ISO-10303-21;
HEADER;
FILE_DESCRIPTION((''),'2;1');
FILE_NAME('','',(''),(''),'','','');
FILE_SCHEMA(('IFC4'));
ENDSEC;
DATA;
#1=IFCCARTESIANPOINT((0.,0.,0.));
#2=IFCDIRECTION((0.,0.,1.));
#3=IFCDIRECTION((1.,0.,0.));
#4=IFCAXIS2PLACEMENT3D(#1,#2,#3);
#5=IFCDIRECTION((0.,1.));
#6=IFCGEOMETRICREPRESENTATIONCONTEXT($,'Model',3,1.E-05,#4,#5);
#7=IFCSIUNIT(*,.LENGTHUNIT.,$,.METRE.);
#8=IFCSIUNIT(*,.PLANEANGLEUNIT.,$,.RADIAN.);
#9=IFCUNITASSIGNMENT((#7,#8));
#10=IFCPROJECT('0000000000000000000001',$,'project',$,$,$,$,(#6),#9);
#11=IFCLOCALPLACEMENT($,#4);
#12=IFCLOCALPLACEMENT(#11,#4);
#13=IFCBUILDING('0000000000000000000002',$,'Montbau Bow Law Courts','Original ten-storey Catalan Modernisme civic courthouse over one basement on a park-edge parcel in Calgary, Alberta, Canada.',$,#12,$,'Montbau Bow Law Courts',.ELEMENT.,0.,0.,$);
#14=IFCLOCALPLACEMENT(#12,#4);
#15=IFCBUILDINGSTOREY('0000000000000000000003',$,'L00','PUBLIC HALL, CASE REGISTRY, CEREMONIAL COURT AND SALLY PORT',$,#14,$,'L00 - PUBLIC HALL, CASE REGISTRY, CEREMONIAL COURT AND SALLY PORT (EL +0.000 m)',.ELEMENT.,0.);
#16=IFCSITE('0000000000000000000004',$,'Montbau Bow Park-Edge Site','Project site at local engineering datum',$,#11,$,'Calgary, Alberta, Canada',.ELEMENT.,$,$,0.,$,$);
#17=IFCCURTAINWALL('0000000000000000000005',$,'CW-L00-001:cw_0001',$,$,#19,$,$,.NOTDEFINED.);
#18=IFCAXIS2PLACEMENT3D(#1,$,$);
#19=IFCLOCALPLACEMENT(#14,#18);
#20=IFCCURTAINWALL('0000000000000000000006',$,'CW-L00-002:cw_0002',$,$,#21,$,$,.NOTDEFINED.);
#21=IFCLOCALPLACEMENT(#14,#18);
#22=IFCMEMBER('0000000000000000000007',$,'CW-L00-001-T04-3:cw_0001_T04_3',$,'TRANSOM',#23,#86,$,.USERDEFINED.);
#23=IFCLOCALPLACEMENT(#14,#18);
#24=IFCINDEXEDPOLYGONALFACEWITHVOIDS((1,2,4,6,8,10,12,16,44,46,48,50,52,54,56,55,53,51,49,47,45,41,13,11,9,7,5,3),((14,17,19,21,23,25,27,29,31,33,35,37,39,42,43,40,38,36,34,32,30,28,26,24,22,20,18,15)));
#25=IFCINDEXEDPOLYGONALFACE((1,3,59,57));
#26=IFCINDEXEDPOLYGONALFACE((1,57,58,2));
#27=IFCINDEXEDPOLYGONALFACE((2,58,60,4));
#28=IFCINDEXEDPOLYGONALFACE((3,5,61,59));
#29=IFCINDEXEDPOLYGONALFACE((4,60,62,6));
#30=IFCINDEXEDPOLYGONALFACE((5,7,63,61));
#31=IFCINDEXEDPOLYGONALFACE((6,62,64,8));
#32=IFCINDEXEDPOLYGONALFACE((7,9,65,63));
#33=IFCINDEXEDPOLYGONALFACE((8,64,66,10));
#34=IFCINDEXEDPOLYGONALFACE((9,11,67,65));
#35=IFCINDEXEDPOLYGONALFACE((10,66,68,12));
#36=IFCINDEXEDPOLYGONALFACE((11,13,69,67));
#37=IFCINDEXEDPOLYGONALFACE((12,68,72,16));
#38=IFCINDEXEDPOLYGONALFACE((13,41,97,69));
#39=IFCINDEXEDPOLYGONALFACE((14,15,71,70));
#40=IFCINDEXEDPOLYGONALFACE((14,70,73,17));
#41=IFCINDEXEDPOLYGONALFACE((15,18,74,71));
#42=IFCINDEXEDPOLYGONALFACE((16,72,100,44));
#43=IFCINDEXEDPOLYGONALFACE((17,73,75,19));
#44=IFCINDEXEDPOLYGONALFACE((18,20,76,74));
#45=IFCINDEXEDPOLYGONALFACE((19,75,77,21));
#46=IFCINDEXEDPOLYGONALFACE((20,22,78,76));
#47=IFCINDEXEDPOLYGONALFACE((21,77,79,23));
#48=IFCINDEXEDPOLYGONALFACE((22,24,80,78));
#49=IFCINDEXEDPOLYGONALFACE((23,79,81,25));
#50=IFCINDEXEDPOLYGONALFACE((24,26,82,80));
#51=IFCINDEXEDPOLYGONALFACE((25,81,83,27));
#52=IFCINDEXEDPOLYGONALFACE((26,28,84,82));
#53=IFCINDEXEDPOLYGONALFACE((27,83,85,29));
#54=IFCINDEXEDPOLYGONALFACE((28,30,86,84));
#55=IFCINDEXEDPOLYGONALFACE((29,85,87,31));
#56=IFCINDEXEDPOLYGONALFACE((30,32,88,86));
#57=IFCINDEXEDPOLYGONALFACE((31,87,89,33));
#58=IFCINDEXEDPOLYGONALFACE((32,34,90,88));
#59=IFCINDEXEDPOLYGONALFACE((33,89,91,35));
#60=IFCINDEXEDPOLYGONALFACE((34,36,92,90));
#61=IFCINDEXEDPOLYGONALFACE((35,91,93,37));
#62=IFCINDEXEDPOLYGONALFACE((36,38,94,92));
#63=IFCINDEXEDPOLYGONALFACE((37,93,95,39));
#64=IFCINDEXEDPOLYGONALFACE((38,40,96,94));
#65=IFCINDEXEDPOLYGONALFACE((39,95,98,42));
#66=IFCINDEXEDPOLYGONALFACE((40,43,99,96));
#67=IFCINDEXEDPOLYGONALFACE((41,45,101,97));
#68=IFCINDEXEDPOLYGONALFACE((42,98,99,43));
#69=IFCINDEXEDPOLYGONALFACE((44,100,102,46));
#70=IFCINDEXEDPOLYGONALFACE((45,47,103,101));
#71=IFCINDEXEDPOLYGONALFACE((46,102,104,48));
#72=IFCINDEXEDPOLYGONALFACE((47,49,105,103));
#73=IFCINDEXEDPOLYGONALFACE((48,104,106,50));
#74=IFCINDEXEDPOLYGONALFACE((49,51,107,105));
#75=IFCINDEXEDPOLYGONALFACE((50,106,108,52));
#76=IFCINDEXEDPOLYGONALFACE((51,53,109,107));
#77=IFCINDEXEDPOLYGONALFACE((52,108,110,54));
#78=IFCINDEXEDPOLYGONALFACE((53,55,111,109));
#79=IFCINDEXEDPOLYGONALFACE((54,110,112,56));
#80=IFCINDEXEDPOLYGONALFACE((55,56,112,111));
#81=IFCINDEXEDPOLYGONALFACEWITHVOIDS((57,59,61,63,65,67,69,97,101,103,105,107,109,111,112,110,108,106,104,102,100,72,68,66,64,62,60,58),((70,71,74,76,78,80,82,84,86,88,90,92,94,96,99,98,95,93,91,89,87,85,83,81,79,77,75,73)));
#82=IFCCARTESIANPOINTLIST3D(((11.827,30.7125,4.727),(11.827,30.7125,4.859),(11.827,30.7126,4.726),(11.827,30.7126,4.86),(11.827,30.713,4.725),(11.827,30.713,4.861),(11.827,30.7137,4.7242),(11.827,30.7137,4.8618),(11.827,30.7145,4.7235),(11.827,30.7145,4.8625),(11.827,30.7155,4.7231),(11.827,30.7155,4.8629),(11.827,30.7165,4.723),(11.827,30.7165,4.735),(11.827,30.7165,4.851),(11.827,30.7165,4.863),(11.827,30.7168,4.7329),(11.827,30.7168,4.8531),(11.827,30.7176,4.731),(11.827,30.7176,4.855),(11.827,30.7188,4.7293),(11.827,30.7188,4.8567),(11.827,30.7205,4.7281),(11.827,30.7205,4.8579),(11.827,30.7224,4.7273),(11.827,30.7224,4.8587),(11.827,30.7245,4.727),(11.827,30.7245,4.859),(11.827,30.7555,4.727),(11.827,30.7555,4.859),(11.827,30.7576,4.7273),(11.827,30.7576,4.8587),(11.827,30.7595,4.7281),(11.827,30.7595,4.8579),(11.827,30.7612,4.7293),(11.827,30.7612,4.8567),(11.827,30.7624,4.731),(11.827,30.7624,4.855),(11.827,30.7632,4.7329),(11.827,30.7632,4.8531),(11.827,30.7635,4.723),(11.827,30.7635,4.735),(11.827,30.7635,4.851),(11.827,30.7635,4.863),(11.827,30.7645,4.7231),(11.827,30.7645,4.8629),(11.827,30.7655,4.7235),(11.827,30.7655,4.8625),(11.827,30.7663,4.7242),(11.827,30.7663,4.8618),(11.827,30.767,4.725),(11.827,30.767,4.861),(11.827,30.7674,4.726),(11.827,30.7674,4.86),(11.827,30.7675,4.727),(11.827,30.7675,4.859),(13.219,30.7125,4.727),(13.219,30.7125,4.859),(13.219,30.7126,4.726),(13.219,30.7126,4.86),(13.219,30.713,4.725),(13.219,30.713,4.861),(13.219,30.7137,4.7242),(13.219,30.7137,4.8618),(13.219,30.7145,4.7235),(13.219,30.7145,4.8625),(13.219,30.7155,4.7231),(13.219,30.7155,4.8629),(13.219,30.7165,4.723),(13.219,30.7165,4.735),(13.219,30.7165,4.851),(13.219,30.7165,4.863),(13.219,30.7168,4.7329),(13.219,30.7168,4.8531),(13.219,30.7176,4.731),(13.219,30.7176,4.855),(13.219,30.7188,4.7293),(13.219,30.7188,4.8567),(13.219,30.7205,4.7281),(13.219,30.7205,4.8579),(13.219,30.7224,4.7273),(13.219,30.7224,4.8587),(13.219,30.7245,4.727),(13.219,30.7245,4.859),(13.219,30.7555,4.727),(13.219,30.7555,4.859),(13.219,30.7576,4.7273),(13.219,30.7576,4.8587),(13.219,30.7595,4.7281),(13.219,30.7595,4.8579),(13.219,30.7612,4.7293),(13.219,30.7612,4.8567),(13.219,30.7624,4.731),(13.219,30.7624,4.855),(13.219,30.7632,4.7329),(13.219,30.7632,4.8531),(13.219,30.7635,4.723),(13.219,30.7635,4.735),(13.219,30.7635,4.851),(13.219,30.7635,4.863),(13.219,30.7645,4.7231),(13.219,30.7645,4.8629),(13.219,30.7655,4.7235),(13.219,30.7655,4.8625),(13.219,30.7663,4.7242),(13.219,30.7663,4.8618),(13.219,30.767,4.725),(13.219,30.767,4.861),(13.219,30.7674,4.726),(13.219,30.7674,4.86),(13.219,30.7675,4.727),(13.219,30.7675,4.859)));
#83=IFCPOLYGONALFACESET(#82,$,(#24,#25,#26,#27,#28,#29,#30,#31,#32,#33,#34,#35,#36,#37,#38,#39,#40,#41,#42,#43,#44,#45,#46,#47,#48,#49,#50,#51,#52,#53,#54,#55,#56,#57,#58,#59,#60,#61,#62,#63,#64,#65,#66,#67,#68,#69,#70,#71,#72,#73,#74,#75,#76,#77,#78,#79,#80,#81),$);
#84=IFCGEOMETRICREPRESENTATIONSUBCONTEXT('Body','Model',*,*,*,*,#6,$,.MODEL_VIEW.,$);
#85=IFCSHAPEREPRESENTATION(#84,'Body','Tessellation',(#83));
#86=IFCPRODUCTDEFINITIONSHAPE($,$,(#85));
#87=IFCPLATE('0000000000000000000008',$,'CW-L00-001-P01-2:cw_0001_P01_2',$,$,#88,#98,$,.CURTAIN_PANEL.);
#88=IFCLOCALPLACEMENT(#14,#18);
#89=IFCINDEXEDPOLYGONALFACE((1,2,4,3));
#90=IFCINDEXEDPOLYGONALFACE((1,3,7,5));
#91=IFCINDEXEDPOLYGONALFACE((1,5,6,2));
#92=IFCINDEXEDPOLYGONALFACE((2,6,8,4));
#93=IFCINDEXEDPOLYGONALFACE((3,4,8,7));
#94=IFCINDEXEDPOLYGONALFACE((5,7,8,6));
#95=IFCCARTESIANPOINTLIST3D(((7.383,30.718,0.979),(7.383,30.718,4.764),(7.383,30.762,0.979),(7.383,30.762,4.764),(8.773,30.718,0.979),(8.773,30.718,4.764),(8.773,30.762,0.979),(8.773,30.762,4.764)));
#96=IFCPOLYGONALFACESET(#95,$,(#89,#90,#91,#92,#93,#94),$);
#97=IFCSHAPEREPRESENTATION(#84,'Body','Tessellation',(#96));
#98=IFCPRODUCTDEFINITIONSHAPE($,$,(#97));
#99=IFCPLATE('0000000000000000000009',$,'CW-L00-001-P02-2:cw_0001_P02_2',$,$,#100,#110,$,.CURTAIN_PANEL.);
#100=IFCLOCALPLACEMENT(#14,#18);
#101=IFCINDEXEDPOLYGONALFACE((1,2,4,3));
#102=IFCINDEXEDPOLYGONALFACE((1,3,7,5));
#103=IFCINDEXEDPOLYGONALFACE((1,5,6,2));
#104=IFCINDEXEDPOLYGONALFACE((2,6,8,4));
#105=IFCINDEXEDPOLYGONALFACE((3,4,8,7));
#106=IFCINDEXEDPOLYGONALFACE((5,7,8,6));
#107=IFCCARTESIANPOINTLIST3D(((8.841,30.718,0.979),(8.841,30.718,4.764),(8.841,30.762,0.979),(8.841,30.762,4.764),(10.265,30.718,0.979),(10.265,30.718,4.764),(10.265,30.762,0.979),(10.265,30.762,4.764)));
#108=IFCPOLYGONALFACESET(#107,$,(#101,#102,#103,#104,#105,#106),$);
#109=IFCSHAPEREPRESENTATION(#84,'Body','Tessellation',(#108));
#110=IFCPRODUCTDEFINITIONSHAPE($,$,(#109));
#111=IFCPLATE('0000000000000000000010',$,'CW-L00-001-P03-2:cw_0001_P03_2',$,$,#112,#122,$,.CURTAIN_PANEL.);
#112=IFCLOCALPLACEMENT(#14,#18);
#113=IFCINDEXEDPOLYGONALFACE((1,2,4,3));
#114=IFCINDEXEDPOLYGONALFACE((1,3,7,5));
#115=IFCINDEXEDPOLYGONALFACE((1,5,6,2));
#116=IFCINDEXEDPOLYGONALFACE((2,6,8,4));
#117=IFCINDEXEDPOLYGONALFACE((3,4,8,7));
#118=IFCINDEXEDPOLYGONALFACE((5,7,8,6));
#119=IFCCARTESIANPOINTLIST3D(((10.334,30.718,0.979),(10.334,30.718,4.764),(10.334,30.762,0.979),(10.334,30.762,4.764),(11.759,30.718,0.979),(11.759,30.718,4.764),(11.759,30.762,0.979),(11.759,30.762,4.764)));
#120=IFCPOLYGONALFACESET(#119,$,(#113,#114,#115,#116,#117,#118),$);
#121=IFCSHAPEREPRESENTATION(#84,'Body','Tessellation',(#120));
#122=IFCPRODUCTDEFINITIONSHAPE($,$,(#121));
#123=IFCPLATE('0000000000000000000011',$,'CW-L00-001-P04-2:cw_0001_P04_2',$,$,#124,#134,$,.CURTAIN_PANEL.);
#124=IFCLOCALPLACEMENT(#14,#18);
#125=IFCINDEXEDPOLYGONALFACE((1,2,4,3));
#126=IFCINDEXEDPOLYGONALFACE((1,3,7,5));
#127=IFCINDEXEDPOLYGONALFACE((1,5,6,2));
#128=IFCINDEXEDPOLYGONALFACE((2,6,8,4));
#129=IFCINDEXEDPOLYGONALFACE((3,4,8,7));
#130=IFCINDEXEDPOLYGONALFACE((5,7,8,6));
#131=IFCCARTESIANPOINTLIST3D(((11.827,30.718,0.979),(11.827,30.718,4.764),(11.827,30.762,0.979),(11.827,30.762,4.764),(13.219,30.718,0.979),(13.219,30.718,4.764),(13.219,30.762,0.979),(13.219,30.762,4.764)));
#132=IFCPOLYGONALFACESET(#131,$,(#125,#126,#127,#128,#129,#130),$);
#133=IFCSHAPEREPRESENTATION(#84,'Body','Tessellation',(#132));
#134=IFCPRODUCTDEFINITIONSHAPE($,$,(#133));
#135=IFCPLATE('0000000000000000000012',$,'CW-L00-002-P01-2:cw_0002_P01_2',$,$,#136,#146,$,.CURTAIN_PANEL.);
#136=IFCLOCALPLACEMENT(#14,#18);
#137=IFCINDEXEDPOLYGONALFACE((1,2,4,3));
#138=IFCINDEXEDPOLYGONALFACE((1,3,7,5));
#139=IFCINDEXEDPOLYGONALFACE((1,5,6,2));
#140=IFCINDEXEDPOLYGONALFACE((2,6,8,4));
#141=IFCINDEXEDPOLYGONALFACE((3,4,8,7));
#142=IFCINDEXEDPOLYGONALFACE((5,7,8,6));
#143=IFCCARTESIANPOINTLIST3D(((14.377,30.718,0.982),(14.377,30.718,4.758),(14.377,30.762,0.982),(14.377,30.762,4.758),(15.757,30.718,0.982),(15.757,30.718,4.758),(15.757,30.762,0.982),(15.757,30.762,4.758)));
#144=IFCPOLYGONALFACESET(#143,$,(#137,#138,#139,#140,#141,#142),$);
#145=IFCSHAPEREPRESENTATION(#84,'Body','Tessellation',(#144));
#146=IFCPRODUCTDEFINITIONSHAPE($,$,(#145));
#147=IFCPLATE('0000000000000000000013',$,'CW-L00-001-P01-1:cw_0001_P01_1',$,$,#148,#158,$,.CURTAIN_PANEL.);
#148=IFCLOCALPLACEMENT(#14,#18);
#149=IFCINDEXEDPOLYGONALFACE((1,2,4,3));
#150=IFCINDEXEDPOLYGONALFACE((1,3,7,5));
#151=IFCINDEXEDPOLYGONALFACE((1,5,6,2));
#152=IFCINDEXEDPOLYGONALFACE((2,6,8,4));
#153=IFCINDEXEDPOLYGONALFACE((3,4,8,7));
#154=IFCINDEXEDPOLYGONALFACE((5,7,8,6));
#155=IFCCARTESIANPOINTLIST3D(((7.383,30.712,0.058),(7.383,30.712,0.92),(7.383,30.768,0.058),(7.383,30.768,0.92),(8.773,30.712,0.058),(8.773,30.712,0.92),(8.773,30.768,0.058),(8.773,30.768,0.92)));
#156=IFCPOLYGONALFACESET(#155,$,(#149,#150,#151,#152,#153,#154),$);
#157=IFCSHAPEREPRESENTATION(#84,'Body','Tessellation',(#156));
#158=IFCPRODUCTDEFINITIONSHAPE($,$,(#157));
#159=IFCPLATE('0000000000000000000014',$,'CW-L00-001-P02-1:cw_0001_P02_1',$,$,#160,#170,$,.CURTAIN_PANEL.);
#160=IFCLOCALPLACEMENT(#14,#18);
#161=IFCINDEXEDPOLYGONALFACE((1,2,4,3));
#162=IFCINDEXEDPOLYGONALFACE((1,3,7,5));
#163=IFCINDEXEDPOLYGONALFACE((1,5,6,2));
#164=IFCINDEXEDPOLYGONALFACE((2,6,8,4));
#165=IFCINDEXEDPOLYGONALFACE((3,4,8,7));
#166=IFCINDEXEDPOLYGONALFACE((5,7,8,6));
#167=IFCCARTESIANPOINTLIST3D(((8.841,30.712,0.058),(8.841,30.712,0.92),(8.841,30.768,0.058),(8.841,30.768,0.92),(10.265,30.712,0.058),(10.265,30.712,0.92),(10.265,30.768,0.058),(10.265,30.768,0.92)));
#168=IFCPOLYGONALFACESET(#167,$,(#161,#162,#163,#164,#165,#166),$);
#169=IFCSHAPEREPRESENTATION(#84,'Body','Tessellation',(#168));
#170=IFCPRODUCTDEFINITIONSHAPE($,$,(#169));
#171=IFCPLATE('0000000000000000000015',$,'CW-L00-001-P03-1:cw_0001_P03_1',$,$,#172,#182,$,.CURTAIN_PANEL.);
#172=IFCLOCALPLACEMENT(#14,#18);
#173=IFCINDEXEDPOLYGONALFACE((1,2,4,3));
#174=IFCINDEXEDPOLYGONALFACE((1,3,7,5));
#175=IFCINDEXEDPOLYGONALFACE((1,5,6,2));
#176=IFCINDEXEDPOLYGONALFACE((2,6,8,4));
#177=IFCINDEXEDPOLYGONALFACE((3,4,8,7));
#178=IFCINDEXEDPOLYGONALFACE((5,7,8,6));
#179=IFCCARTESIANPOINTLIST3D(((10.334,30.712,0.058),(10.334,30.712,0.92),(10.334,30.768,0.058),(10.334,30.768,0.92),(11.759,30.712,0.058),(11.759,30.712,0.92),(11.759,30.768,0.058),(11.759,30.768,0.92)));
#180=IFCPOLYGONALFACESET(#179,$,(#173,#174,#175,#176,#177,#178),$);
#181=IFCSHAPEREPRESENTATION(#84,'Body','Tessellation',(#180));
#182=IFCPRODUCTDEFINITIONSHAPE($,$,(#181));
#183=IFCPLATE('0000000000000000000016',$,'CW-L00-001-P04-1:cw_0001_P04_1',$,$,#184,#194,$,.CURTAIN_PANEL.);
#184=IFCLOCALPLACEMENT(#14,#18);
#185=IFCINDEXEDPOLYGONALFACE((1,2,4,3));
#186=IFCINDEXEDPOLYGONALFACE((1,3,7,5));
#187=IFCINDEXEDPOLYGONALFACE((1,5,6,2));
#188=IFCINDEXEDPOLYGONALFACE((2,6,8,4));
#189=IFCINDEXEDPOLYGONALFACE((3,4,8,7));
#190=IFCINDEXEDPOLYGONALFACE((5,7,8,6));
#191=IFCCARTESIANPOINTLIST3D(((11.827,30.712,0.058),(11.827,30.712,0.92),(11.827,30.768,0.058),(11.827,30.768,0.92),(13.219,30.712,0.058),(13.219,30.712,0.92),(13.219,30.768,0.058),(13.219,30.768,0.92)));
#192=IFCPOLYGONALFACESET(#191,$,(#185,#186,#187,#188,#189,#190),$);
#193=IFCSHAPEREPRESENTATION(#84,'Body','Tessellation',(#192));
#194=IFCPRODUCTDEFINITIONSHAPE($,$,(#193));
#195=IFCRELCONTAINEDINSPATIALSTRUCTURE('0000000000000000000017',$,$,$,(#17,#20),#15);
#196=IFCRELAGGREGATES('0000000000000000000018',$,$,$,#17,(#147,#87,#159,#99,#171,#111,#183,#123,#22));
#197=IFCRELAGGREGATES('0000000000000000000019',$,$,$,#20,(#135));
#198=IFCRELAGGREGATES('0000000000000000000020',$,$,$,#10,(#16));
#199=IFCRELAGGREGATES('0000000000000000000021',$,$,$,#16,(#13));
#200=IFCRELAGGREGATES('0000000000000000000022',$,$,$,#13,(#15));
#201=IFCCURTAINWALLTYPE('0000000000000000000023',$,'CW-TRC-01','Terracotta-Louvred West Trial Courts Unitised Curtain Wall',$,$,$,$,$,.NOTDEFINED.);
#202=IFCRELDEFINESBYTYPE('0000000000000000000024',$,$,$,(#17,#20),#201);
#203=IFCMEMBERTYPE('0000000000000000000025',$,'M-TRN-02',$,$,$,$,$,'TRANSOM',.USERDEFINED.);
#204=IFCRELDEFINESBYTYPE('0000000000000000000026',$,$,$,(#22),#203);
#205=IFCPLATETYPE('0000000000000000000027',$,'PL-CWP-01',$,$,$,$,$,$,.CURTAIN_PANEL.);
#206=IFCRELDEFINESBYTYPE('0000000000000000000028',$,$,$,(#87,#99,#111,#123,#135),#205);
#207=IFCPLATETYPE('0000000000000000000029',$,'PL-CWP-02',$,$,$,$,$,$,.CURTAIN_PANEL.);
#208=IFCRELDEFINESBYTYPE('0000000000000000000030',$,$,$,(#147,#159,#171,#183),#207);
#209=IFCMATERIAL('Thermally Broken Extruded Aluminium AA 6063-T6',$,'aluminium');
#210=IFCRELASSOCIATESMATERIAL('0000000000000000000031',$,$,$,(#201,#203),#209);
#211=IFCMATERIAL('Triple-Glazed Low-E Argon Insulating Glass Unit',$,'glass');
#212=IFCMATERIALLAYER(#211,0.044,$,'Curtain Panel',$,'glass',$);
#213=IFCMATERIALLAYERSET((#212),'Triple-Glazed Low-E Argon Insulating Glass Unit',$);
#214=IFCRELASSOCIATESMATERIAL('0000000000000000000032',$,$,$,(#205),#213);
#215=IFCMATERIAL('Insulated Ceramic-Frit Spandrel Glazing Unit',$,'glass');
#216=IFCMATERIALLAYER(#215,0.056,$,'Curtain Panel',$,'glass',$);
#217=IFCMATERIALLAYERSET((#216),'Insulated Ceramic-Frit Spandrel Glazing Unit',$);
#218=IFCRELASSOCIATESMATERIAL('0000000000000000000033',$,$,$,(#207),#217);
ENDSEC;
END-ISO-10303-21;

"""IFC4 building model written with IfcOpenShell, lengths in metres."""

from ifc_helpers import new_model, si_unit, direction, frame, frame_2d, origin_with_axes, origin_2d_with_axis, place, context, subcontext, project, spatial, rectangle, hollow_rectangle, extrude, material, layer, layer_set, material_profile, profile_set, type_object, element, aggregate, save


model = new_model("IFC4")

# Units and contexts
model_context = context("Model", 3, precision=1e-05, world=origin_with_axes(), true_north=direction((0.0, 1.0)))
body_context = subcontext(model_context, "Body", "Model", "MODEL_VIEW")
ifc_project = project(units=[si_unit("LENGTHUNIT", "METRE"), si_unit("PLANEANGLEUNIT", "RADIAN")], contexts=[model_context])

# Site, building, storey
site_placement = place(None, origin_with_axes())
site = spatial("IfcSite", under=ifc_project, at=site_placement, Name="Montbau Bow Park-Edge Site", Description="Project site at local engineering datum", LongName="Calgary, Alberta, Canada", CompositionType="ELEMENT", RefElevation=0.0)
building_placement = place(site_placement, origin_with_axes())
building = spatial("IfcBuilding", under=site, at=building_placement, Name="Montbau Bow Law Courts", Description="Original ten-storey Catalan Modernisme civic courthouse over one basement on a park-edge parcel in Calgary, Alberta, Canada.", LongName="Montbau Bow Law Courts", CompositionType="ELEMENT", ElevationOfRefHeight=0.0, ElevationOfTerrain=0.0)
storey_placement = place(building_placement, origin_with_axes())
storey = spatial("IfcBuildingStorey", under=building, at=storey_placement, Name="L00", Description="PUBLIC HALL, CASE REGISTRY, CEREMONIAL COURT AND SALLY PORT", LongName="L00 - PUBLIC HALL, CASE REGISTRY, CEREMONIAL COURT AND SALLY PORT (EL +0.000 m)", CompositionType="ELEMENT", Elevation=0.0)

# Curtain walls
ifc_material_1 = material(Name="Thermally Broken Extruded Aluminium AA 6063-T6", Category="aluminium")
curtain_wall_type = type_object("IfcCurtainWallType", Name="CW-TRC-01", Description="Terracotta-Louvred West Trial Courts Unitised Curtain Wall", PredefinedType="NOTDEFINED", material=ifc_material_1)
curtain_wall_1_placement = place(None, frame((7.315, 30.74, 0.0), z_axis=(0.0, 0.0, 1.0), x_axis=(1.0, 0.0, 0.0)))
curtain_wall_1 = element("IfcCurtainWall", 1, at=curtain_wall_1_placement, inside=storey, type_object=curtain_wall_type, Name="CW-L00-001:cw_0001", PredefinedType="NOTDEFINED")
curtain_wall_2_placement = place(None, frame((14.315, 30.74, 0.0), z_axis=(0.0, 0.0, 1.0), x_axis=(1.0, 0.0, 0.0)))
curtain_wall_2 = element("IfcCurtainWall", 2, at=curtain_wall_2_placement, inside=storey, type_object=curtain_wall_type, Name="CW-L00-002:cw_0002", PredefinedType="NOTDEFINED")

# Member
ifc_material_profile_1 = material_profile(ifc_material_1, hollow_rectangle(XDim=0.055, YDim=0.14, WallThickness=0.004, InnerFilletRadius=0.008, OuterFilletRadius=0.004, at=origin_2d_with_axis()), Name="CWT-140X55", Category="Main", Priority=0)
ifc_profile_set_1 = profile_set([ifc_material_profile_1], Name="Thermally Broken Extruded Aluminium AA 6063-T6")
member_type_1 = type_object("IfcMemberType", Name="M-TRN-02", ElementType="TRANSOM", PredefinedType="USERDEFINED", material=ifc_profile_set_1)
member_1_placement = place(None, frame((11.827, 30.74, 4.793), z_axis=(1.0, 0.0, 0.0), x_axis=(0.0, 1.0, 0.0)))
member_1 = element("IfcMember", 3, at=member_1_placement, type_object=member_type_1, Name="CW-L00-001-T04-3:cw_0001_T04_3", ObjectType="TRANSOM", PredefinedType="USERDEFINED", context=body_context, shape_type="SweptSolid", body=[
    extrude(hollow_rectangle(XDim=0.055, YDim=0.14, WallThickness=0.004, InnerFilletRadius=0.008, OuterFilletRadius=0.004, at=origin_2d_with_axis()), origin_with_axes(), (0.0, 0.0, 1.0), 1.392),
])

# Plates
ifc_material_2 = material(Name="Triple-Glazed Low-E Argon Insulating Glass Unit", Category="glass")
ifc_layer_1 = layer(ifc_material_2, 0.044, Name="Curtain Panel", Category="glass")
ifc_layer_set_1 = layer_set([ifc_layer_1], Name="Triple-Glazed Low-E Argon Insulating Glass Unit")
plate_type_1 = type_object("IfcPlateType", Name="PL-CWP-01", PredefinedType="CURTAIN_PANEL", material=ifc_layer_set_1)
plate_1_placement = place(None, frame((7.383, 30.74, 0.979), z_axis=(0.0, -1.0, 0.0), x_axis=(1.0, 0.0, 0.0)))
plate_1 = element("IfcPlate", 4, at=plate_1_placement, type_object=plate_type_1, Name="CW-L00-001-P01-2:cw_0001_P01_2", PredefinedType="CURTAIN_PANEL", context=body_context, shape_type="SweptSolid", body=[
    extrude(rectangle(XDim=1.39, YDim=3.785, at=frame_2d((0.695, 1.8925), x_axis=(1.0, 0.0))), frame((0.0, 0.0, -0.022), z_axis=(0.0, 0.0, 1.0), x_axis=(1.0, 0.0, 0.0)), (0.0, 0.0, 1.0), 0.044),
])
plate_2_placement = place(None, frame((8.841, 30.74, 0.979), z_axis=(0.0, -1.0, 0.0), x_axis=(1.0, 0.0, 0.0)))
plate_2 = element("IfcPlate", 5, at=plate_2_placement, type_object=plate_type_1, Name="CW-L00-001-P02-2:cw_0001_P02_2", PredefinedType="CURTAIN_PANEL", context=body_context, shape_type="SweptSolid", body=[
    extrude(rectangle(XDim=1.424, YDim=3.785, at=frame_2d((0.712, 1.8925), x_axis=(1.0, 0.0))), frame((0.0, 0.0, -0.022), z_axis=(0.0, 0.0, 1.0), x_axis=(1.0, 0.0, 0.0)), (0.0, 0.0, 1.0), 0.044),
])
plate_3_placement = place(None, frame((10.334, 30.74, 0.979), z_axis=(0.0, -1.0, 0.0), x_axis=(1.0, 0.0, 0.0)))
plate_3 = element("IfcPlate", 6, at=plate_3_placement, type_object=plate_type_1, Name="CW-L00-001-P03-2:cw_0001_P03_2", PredefinedType="CURTAIN_PANEL", context=body_context, shape_type="SweptSolid", body=[
    extrude(rectangle(XDim=1.425, YDim=3.785, at=frame_2d((0.7125, 1.8925), x_axis=(1.0, 0.0))), frame((0.0, 0.0, -0.022), z_axis=(0.0, 0.0, 1.0), x_axis=(1.0, 0.0, 0.0)), (0.0, 0.0, 1.0), 0.044),
])
plate_4_placement = place(None, frame((11.827, 30.74, 0.979), z_axis=(0.0, -1.0, 0.0), x_axis=(1.0, 0.0, 0.0)))
plate_4 = element("IfcPlate", 7, at=plate_4_placement, type_object=plate_type_1, Name="CW-L00-001-P04-2:cw_0001_P04_2", PredefinedType="CURTAIN_PANEL", context=body_context, shape_type="SweptSolid", body=[
    extrude(rectangle(XDim=1.392, YDim=3.785, at=frame_2d((0.696, 1.8925), x_axis=(1.0, 0.0))), frame((0.0, 0.0, -0.022), z_axis=(0.0, 0.0, 1.0), x_axis=(1.0, 0.0, 0.0)), (0.0, 0.0, 1.0), 0.044),
])
plate_5_placement = place(None, frame((14.377, 30.74, 0.982), z_axis=(0.0, -1.0, 0.0), x_axis=(1.0, 0.0, 0.0)))
plate_5 = element("IfcPlate", 8, at=plate_5_placement, type_object=plate_type_1, Name="CW-L00-002-P01-2:cw_0002_P01_2", PredefinedType="CURTAIN_PANEL", context=body_context, shape_type="SweptSolid", body=[
    extrude(rectangle(XDim=1.38, YDim=3.776, at=frame_2d((0.69, 1.888), x_axis=(1.0, 0.0))), frame((0.0, 0.0, -0.022), z_axis=(0.0, 0.0, 1.0), x_axis=(1.0, 0.0, 0.0)), (0.0, 0.0, 1.0), 0.044),
])
ifc_material_3 = material(Name="Insulated Ceramic-Frit Spandrel Glazing Unit", Category="glass")
ifc_layer_2 = layer(ifc_material_3, 0.056, Name="Curtain Panel", Category="glass")
ifc_layer_set_2 = layer_set([ifc_layer_2], Name="Insulated Ceramic-Frit Spandrel Glazing Unit")
plate_type_2 = type_object("IfcPlateType", Name="PL-CWP-02", PredefinedType="CURTAIN_PANEL", material=ifc_layer_set_2)
plate_6_placement = place(None, frame((7.383, 30.74, 0.058), z_axis=(0.0, -1.0, 0.0), x_axis=(1.0, 0.0, 0.0)))
plate_6 = element("IfcPlate", 9, at=plate_6_placement, type_object=plate_type_2, Name="CW-L00-001-P01-1:cw_0001_P01_1", PredefinedType="CURTAIN_PANEL", context=body_context, shape_type="SweptSolid", body=[
    extrude(rectangle(XDim=1.39, YDim=0.862, at=frame_2d((0.695, 0.431), x_axis=(1.0, 0.0))), frame((0.0, 0.0, -0.028), z_axis=(0.0, 0.0, 1.0), x_axis=(1.0, 0.0, 0.0)), (0.0, 0.0, 1.0), 0.056),
])
plate_7_placement = place(None, frame((8.841, 30.74, 0.058), z_axis=(0.0, -1.0, 0.0), x_axis=(1.0, 0.0, 0.0)))
plate_7 = element("IfcPlate", 10, at=plate_7_placement, type_object=plate_type_2, Name="CW-L00-001-P02-1:cw_0001_P02_1", PredefinedType="CURTAIN_PANEL", context=body_context, shape_type="SweptSolid", body=[
    extrude(rectangle(XDim=1.424, YDim=0.862, at=frame_2d((0.712, 0.431), x_axis=(1.0, 0.0))), frame((0.0, 0.0, -0.028), z_axis=(0.0, 0.0, 1.0), x_axis=(1.0, 0.0, 0.0)), (0.0, 0.0, 1.0), 0.056),
])
plate_8_placement = place(None, frame((10.334, 30.74, 0.058), z_axis=(0.0, -1.0, 0.0), x_axis=(1.0, 0.0, 0.0)))
plate_8 = element("IfcPlate", 11, at=plate_8_placement, type_object=plate_type_2, Name="CW-L00-001-P03-1:cw_0001_P03_1", PredefinedType="CURTAIN_PANEL", context=body_context, shape_type="SweptSolid", body=[
    extrude(rectangle(XDim=1.425, YDim=0.862, at=frame_2d((0.7125, 0.431), x_axis=(1.0, 0.0))), frame((0.0, 0.0, -0.028), z_axis=(0.0, 0.0, 1.0), x_axis=(1.0, 0.0, 0.0)), (0.0, 0.0, 1.0), 0.056),
])
plate_9_placement = place(None, frame((11.827, 30.74, 0.058), z_axis=(0.0, -1.0, 0.0), x_axis=(1.0, 0.0, 0.0)))
plate_9 = element("IfcPlate", 12, at=plate_9_placement, type_object=plate_type_2, Name="CW-L00-001-P04-1:cw_0001_P04_1", PredefinedType="CURTAIN_PANEL", context=body_context, shape_type="SweptSolid", body=[
    extrude(rectangle(XDim=1.392, YDim=0.862, at=frame_2d((0.696, 0.431), x_axis=(1.0, 0.0))), frame((0.0, 0.0, -0.028), z_axis=(0.0, 0.0, 1.0), x_axis=(1.0, 0.0, 0.0)), (0.0, 0.0, 1.0), 0.056),
])
aggregate(curtain_wall_1, [plate_6, plate_1, plate_7, plate_2, plate_8, plate_3, plate_9, plate_4, member_1])
aggregate(curtain_wall_2, [plate_5])

save(model, "model.ifc")
